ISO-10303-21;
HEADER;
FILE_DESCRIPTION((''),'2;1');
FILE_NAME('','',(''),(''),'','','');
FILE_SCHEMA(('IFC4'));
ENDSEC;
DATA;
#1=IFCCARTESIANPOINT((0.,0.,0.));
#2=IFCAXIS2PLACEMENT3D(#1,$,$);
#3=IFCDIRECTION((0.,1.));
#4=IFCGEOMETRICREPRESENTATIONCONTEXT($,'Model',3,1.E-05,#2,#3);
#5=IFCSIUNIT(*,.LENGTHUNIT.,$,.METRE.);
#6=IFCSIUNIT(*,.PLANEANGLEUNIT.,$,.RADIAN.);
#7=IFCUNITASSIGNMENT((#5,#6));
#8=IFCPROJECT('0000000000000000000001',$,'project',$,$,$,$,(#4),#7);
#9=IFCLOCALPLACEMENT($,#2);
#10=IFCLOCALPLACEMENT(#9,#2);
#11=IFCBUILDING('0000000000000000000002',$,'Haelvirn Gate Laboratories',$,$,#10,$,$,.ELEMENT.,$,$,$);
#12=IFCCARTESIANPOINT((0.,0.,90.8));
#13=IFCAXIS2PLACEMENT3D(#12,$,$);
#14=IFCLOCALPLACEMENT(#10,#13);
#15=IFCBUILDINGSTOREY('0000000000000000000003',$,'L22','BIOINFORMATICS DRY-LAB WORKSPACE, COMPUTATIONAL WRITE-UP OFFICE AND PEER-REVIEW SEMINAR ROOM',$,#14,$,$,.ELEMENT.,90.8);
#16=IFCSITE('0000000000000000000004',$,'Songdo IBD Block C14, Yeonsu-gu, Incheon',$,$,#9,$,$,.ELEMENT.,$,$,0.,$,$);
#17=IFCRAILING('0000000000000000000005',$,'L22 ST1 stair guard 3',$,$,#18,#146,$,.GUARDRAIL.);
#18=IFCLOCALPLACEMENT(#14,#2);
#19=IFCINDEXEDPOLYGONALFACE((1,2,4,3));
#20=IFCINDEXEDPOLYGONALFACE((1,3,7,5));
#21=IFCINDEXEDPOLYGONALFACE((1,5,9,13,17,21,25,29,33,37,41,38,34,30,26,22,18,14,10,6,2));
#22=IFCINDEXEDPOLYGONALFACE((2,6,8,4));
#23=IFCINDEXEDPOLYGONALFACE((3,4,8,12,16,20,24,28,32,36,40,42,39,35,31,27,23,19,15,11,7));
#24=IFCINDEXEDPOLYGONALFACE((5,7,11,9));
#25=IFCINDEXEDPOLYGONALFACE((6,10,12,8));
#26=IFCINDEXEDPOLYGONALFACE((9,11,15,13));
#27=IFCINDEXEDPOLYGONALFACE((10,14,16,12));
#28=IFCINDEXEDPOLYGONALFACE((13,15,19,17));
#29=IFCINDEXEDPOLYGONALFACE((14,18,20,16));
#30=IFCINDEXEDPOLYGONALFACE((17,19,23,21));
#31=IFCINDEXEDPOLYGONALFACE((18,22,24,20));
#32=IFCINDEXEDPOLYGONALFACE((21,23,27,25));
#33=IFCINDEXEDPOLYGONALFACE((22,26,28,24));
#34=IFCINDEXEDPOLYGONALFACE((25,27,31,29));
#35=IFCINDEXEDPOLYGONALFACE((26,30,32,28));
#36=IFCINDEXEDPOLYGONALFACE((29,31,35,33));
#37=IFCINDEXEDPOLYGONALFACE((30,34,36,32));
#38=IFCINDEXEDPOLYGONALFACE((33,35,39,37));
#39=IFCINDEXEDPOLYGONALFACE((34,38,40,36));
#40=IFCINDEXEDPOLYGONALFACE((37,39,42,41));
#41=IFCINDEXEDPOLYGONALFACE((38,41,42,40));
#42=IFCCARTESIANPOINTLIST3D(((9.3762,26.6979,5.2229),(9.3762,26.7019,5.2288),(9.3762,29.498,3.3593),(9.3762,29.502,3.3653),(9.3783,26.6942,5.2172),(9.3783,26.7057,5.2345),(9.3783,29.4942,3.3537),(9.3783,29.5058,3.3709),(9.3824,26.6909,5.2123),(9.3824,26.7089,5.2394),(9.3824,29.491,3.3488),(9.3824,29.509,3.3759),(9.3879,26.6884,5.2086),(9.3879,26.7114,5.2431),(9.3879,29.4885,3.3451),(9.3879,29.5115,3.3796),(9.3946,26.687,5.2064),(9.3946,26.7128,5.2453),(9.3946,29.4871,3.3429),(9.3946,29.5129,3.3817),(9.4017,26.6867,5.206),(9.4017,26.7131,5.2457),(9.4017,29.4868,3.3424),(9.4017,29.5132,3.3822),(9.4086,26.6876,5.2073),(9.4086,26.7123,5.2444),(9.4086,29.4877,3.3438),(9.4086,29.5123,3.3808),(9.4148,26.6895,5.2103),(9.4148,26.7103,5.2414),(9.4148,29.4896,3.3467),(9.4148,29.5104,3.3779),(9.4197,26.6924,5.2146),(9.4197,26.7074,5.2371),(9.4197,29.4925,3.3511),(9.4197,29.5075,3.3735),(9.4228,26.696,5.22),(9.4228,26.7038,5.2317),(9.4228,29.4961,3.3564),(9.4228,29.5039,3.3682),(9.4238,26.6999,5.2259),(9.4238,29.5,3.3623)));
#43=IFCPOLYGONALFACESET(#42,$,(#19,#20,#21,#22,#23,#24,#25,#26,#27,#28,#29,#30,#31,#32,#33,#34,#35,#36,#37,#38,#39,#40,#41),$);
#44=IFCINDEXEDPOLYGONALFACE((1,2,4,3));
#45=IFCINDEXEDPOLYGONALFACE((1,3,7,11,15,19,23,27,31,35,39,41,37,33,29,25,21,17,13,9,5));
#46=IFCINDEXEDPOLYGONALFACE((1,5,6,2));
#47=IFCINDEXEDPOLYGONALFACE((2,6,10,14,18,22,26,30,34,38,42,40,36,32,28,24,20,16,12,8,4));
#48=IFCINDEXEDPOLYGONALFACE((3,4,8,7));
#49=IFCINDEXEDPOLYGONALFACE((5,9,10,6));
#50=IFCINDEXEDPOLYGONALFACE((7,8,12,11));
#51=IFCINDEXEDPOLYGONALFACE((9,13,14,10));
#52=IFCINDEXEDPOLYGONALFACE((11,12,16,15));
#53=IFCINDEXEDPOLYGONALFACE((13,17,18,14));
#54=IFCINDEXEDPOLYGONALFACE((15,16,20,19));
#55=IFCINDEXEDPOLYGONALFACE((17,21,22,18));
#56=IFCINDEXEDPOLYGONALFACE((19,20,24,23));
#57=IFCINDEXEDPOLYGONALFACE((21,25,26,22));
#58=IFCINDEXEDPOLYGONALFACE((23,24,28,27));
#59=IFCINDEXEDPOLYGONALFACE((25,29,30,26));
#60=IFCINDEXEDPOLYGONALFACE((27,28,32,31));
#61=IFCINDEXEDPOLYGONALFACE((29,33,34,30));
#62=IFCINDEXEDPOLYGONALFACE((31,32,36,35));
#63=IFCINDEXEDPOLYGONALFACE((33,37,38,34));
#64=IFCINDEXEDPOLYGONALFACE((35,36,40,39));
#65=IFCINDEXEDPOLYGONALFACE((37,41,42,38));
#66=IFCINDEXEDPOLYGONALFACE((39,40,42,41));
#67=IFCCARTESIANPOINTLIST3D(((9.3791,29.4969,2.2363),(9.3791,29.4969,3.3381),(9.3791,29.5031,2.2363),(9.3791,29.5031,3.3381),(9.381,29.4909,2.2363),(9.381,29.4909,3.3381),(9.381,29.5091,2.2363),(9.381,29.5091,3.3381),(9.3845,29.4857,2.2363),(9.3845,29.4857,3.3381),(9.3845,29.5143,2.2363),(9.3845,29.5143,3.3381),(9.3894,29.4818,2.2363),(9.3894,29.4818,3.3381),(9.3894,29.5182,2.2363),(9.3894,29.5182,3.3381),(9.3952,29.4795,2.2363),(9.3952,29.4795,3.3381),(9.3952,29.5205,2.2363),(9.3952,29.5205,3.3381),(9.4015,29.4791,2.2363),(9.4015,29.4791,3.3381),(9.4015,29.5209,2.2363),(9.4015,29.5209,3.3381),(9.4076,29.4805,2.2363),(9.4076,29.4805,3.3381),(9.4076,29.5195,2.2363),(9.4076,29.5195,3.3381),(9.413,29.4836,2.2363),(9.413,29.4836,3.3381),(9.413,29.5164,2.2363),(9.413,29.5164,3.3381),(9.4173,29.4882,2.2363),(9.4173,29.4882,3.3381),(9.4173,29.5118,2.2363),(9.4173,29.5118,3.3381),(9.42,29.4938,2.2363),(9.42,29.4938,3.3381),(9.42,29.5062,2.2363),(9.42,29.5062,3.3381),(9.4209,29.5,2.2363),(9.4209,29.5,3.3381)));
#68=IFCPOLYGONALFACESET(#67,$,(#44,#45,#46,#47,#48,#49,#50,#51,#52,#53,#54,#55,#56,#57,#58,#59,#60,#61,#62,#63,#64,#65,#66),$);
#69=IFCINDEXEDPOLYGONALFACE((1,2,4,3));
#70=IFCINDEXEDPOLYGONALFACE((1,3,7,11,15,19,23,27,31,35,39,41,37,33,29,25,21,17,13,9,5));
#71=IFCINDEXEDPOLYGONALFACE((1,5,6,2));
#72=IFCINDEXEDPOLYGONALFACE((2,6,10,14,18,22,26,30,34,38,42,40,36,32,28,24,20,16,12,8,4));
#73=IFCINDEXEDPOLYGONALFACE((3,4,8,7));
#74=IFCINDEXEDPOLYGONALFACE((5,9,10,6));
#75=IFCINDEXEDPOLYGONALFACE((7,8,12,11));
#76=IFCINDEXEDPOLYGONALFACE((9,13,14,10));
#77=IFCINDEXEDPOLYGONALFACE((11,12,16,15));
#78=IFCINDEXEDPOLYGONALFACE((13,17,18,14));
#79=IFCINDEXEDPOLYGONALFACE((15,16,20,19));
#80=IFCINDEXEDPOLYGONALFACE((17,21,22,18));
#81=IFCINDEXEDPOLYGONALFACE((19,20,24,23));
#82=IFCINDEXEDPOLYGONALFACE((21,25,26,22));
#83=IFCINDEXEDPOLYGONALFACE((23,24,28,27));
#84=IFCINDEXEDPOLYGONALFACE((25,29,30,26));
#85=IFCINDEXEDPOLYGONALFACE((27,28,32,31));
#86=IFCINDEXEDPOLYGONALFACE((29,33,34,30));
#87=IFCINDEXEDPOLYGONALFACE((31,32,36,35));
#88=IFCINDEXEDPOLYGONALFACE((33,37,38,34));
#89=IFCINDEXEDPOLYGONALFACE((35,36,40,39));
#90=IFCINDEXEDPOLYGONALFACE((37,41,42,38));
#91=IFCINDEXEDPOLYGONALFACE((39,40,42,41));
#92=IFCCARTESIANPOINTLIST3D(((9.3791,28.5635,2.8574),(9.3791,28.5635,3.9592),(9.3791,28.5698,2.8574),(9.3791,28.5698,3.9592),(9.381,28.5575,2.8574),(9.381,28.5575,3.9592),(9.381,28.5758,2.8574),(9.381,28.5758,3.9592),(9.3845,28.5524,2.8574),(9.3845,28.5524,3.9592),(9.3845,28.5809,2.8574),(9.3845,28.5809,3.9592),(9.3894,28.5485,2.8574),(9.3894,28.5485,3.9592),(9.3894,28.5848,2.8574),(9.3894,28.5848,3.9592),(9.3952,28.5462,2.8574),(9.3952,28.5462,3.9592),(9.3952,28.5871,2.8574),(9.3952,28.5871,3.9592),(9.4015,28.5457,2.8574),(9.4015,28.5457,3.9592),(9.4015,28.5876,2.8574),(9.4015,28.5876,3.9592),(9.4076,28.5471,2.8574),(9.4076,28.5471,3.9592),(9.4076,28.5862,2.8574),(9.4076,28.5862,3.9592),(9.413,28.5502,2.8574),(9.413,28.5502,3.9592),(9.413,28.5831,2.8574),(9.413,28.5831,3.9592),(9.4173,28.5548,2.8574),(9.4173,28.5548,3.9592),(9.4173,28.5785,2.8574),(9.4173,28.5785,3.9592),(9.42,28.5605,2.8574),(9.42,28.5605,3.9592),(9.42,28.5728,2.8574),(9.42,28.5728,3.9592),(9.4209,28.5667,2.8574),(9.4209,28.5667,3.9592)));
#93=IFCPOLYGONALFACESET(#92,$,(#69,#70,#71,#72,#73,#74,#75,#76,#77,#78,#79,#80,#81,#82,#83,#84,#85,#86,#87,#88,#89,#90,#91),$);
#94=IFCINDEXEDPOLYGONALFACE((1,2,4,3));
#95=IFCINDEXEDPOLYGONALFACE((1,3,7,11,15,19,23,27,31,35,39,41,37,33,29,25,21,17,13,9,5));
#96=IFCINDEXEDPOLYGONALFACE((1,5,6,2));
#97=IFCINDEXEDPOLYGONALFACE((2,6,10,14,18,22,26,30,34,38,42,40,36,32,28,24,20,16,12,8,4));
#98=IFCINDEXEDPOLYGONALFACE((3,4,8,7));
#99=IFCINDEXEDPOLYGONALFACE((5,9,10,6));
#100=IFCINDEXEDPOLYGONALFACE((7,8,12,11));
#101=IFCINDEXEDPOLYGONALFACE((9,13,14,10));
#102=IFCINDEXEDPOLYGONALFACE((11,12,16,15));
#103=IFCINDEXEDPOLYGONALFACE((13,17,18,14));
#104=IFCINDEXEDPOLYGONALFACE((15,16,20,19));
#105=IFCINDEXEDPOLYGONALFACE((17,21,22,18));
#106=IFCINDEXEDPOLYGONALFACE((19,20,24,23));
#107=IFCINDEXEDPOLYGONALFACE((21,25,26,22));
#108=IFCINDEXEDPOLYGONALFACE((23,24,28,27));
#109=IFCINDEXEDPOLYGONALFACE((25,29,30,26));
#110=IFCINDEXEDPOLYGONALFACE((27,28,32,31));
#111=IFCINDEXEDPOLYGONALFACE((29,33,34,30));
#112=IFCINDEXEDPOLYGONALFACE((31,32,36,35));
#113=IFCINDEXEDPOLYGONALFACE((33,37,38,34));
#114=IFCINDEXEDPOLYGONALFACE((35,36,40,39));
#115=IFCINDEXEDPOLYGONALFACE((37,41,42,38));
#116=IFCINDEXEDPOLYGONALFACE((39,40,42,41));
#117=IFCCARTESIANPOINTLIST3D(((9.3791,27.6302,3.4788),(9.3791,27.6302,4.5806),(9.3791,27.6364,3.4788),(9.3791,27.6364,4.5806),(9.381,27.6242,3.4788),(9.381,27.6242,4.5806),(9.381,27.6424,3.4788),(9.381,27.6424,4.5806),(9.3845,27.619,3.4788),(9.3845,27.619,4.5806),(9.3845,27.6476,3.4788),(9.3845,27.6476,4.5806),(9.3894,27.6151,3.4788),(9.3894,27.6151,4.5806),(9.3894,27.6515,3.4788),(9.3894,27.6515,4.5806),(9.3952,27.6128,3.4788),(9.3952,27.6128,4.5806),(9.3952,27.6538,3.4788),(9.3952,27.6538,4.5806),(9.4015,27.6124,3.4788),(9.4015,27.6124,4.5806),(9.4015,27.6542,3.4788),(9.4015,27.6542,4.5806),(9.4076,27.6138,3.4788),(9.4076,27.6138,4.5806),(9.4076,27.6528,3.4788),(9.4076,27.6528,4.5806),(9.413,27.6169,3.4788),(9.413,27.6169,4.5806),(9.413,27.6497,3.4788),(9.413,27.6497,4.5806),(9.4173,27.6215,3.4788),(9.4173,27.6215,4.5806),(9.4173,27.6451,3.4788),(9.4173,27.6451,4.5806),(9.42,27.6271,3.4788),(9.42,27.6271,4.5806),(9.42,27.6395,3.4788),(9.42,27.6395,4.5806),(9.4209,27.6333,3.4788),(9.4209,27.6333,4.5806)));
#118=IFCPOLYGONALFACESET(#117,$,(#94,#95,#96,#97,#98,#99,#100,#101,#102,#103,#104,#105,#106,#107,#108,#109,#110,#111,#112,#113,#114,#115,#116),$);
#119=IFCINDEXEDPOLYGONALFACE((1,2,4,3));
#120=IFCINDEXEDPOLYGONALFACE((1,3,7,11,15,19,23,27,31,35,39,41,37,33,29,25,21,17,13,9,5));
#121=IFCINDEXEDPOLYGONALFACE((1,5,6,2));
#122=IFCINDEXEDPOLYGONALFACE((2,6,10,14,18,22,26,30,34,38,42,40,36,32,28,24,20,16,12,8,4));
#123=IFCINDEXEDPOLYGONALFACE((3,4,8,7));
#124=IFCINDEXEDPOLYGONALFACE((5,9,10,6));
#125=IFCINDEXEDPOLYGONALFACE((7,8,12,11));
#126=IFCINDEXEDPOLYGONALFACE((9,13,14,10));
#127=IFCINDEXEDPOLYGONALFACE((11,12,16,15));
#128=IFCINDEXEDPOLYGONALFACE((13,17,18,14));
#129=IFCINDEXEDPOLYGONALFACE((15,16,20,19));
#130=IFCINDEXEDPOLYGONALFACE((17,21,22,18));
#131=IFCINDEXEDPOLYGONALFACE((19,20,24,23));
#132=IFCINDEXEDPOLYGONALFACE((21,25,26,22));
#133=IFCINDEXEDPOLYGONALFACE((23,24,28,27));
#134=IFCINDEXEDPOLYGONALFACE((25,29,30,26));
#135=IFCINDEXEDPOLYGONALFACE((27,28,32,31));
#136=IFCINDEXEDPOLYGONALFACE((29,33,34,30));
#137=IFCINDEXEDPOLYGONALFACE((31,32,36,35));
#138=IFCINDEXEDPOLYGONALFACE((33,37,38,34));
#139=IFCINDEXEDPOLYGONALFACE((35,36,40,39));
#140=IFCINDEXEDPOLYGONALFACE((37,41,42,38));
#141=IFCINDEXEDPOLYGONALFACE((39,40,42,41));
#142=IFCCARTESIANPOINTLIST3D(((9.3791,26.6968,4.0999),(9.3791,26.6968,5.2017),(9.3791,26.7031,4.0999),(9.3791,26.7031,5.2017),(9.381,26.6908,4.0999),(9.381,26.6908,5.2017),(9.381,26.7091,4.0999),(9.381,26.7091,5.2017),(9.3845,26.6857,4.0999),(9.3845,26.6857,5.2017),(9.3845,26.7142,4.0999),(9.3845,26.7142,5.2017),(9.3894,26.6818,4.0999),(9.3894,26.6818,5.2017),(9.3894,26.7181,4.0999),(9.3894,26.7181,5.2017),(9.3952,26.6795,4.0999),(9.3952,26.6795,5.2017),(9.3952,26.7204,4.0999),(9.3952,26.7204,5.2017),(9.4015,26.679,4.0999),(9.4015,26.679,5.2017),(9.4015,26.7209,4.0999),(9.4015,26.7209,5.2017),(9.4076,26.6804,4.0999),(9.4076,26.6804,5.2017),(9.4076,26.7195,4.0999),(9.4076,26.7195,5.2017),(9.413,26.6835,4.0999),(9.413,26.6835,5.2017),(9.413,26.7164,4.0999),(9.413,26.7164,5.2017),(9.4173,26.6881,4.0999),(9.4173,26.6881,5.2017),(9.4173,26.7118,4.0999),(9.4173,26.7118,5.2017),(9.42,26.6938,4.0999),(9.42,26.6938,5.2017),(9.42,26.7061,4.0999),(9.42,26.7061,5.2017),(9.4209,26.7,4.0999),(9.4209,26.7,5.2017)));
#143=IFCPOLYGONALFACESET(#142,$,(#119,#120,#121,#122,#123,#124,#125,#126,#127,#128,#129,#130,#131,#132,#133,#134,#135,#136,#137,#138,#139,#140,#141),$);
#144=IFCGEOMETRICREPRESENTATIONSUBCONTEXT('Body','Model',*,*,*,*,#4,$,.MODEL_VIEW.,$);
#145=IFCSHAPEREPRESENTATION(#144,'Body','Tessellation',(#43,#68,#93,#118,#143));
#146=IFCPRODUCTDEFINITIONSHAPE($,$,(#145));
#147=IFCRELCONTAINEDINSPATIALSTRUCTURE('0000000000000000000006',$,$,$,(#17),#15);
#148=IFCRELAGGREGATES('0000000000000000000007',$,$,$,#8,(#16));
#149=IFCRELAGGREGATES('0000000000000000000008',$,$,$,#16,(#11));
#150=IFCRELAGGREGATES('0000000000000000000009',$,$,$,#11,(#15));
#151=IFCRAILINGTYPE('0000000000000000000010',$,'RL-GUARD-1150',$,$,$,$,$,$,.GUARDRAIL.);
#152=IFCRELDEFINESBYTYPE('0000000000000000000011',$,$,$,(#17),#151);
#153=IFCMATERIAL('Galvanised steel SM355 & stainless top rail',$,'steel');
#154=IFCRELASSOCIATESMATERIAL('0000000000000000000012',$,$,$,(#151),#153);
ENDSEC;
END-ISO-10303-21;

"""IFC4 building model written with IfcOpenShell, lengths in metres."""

from ifc_helpers import new_model, si_unit, direction, frame, origin, origin_2d, place, context, subcontext, project, spatial, circle, extrude, source, transform, mapped, material, type_object, element, save


model = new_model("IFC4")

# Units and contexts
model_context = context("Model", 3, precision=1e-05, world=origin(), true_north=direction((0.0, 1.0)))
body_context = subcontext(model_context, "Body", "Model", "MODEL_VIEW")
ifc_project = project(units=[si_unit("LENGTHUNIT", "METRE"), si_unit("PLANEANGLEUNIT", "RADIAN")], contexts=[model_context])

# Site, building, storey
site_placement = place(None, origin())
site = spatial("IfcSite", under=ifc_project, at=site_placement, Name="Songdo IBD Block C14, Yeonsu-gu, Incheon", CompositionType="ELEMENT", RefElevation=0.0)
building_placement = place(site_placement, origin())
building = spatial("IfcBuilding", under=site, at=building_placement, Name="Haelvirn Gate Laboratories", CompositionType="ELEMENT")
storey_placement = place(building_placement, frame((0.0, 0.0, 90.8)))
storey = spatial("IfcBuildingStorey", under=building, at=storey_placement, Name="L22", Description="BIOINFORMATICS DRY-LAB WORKSPACE, COMPUTATIONAL WRITE-UP OFFICE AND PEER-REVIEW SEMINAR ROOM", CompositionType="ELEMENT", Elevation=90.8)

# Railing
ifc_material_1 = material(Name="Galvanised steel SM355 & stainless top rail", Category="steel")
railing_type_1 = type_object("IfcRailingType", Name="RL-GUARD-1150", PredefinedType="GUARDRAIL", material=ifc_material_1)
shared_shape_1 = source(origin(), body_context, "Body", "SweptSolid", [
    extrude(circle(Radius=0.0239, at=origin_2d()), frame((0.0, 0.0, 1.126), z_axis=(0.0, -0.832486, 0.554047), x_axis=(1.0, 0.0, 0.0)), (0.0, 0.0, 1.0), 3.3635),
    extrude(circle(Radius=0.021, at=origin_2d()), origin(), (0.0, 0.0, 1.0), 1.1018),
    extrude(circle(Radius=0.021, at=origin_2d()), frame((0.0, -0.9333, 0.6211)), (0.0, 0.0, 1.0), 1.1018),
    extrude(circle(Radius=0.021, at=origin_2d()), frame((0.0, -1.8667, 1.2424)), (0.0, 0.0, 1.0), 1.1018),
    extrude(circle(Radius=0.021, at=origin_2d()), frame((0.0, -2.8, 1.8635)), (0.0, 0.0, 1.0), 1.1018),
])
railing_1_placement = place(storey_placement, frame((9.3999, 29.5, 2.2363)))
element("IfcRailing", 1, at=railing_1_placement, inside=storey, type_object=railing_type_1, Name="L22 ST1 stair guard 3", PredefinedType="GUARDRAIL", context=body_context, shape_type="MappedRepresentation", body=[
    mapped(shared_shape_1, transform((0.0, 0.0, 0.0), scale=1.0)),
])

save(model, "model.ifc")
